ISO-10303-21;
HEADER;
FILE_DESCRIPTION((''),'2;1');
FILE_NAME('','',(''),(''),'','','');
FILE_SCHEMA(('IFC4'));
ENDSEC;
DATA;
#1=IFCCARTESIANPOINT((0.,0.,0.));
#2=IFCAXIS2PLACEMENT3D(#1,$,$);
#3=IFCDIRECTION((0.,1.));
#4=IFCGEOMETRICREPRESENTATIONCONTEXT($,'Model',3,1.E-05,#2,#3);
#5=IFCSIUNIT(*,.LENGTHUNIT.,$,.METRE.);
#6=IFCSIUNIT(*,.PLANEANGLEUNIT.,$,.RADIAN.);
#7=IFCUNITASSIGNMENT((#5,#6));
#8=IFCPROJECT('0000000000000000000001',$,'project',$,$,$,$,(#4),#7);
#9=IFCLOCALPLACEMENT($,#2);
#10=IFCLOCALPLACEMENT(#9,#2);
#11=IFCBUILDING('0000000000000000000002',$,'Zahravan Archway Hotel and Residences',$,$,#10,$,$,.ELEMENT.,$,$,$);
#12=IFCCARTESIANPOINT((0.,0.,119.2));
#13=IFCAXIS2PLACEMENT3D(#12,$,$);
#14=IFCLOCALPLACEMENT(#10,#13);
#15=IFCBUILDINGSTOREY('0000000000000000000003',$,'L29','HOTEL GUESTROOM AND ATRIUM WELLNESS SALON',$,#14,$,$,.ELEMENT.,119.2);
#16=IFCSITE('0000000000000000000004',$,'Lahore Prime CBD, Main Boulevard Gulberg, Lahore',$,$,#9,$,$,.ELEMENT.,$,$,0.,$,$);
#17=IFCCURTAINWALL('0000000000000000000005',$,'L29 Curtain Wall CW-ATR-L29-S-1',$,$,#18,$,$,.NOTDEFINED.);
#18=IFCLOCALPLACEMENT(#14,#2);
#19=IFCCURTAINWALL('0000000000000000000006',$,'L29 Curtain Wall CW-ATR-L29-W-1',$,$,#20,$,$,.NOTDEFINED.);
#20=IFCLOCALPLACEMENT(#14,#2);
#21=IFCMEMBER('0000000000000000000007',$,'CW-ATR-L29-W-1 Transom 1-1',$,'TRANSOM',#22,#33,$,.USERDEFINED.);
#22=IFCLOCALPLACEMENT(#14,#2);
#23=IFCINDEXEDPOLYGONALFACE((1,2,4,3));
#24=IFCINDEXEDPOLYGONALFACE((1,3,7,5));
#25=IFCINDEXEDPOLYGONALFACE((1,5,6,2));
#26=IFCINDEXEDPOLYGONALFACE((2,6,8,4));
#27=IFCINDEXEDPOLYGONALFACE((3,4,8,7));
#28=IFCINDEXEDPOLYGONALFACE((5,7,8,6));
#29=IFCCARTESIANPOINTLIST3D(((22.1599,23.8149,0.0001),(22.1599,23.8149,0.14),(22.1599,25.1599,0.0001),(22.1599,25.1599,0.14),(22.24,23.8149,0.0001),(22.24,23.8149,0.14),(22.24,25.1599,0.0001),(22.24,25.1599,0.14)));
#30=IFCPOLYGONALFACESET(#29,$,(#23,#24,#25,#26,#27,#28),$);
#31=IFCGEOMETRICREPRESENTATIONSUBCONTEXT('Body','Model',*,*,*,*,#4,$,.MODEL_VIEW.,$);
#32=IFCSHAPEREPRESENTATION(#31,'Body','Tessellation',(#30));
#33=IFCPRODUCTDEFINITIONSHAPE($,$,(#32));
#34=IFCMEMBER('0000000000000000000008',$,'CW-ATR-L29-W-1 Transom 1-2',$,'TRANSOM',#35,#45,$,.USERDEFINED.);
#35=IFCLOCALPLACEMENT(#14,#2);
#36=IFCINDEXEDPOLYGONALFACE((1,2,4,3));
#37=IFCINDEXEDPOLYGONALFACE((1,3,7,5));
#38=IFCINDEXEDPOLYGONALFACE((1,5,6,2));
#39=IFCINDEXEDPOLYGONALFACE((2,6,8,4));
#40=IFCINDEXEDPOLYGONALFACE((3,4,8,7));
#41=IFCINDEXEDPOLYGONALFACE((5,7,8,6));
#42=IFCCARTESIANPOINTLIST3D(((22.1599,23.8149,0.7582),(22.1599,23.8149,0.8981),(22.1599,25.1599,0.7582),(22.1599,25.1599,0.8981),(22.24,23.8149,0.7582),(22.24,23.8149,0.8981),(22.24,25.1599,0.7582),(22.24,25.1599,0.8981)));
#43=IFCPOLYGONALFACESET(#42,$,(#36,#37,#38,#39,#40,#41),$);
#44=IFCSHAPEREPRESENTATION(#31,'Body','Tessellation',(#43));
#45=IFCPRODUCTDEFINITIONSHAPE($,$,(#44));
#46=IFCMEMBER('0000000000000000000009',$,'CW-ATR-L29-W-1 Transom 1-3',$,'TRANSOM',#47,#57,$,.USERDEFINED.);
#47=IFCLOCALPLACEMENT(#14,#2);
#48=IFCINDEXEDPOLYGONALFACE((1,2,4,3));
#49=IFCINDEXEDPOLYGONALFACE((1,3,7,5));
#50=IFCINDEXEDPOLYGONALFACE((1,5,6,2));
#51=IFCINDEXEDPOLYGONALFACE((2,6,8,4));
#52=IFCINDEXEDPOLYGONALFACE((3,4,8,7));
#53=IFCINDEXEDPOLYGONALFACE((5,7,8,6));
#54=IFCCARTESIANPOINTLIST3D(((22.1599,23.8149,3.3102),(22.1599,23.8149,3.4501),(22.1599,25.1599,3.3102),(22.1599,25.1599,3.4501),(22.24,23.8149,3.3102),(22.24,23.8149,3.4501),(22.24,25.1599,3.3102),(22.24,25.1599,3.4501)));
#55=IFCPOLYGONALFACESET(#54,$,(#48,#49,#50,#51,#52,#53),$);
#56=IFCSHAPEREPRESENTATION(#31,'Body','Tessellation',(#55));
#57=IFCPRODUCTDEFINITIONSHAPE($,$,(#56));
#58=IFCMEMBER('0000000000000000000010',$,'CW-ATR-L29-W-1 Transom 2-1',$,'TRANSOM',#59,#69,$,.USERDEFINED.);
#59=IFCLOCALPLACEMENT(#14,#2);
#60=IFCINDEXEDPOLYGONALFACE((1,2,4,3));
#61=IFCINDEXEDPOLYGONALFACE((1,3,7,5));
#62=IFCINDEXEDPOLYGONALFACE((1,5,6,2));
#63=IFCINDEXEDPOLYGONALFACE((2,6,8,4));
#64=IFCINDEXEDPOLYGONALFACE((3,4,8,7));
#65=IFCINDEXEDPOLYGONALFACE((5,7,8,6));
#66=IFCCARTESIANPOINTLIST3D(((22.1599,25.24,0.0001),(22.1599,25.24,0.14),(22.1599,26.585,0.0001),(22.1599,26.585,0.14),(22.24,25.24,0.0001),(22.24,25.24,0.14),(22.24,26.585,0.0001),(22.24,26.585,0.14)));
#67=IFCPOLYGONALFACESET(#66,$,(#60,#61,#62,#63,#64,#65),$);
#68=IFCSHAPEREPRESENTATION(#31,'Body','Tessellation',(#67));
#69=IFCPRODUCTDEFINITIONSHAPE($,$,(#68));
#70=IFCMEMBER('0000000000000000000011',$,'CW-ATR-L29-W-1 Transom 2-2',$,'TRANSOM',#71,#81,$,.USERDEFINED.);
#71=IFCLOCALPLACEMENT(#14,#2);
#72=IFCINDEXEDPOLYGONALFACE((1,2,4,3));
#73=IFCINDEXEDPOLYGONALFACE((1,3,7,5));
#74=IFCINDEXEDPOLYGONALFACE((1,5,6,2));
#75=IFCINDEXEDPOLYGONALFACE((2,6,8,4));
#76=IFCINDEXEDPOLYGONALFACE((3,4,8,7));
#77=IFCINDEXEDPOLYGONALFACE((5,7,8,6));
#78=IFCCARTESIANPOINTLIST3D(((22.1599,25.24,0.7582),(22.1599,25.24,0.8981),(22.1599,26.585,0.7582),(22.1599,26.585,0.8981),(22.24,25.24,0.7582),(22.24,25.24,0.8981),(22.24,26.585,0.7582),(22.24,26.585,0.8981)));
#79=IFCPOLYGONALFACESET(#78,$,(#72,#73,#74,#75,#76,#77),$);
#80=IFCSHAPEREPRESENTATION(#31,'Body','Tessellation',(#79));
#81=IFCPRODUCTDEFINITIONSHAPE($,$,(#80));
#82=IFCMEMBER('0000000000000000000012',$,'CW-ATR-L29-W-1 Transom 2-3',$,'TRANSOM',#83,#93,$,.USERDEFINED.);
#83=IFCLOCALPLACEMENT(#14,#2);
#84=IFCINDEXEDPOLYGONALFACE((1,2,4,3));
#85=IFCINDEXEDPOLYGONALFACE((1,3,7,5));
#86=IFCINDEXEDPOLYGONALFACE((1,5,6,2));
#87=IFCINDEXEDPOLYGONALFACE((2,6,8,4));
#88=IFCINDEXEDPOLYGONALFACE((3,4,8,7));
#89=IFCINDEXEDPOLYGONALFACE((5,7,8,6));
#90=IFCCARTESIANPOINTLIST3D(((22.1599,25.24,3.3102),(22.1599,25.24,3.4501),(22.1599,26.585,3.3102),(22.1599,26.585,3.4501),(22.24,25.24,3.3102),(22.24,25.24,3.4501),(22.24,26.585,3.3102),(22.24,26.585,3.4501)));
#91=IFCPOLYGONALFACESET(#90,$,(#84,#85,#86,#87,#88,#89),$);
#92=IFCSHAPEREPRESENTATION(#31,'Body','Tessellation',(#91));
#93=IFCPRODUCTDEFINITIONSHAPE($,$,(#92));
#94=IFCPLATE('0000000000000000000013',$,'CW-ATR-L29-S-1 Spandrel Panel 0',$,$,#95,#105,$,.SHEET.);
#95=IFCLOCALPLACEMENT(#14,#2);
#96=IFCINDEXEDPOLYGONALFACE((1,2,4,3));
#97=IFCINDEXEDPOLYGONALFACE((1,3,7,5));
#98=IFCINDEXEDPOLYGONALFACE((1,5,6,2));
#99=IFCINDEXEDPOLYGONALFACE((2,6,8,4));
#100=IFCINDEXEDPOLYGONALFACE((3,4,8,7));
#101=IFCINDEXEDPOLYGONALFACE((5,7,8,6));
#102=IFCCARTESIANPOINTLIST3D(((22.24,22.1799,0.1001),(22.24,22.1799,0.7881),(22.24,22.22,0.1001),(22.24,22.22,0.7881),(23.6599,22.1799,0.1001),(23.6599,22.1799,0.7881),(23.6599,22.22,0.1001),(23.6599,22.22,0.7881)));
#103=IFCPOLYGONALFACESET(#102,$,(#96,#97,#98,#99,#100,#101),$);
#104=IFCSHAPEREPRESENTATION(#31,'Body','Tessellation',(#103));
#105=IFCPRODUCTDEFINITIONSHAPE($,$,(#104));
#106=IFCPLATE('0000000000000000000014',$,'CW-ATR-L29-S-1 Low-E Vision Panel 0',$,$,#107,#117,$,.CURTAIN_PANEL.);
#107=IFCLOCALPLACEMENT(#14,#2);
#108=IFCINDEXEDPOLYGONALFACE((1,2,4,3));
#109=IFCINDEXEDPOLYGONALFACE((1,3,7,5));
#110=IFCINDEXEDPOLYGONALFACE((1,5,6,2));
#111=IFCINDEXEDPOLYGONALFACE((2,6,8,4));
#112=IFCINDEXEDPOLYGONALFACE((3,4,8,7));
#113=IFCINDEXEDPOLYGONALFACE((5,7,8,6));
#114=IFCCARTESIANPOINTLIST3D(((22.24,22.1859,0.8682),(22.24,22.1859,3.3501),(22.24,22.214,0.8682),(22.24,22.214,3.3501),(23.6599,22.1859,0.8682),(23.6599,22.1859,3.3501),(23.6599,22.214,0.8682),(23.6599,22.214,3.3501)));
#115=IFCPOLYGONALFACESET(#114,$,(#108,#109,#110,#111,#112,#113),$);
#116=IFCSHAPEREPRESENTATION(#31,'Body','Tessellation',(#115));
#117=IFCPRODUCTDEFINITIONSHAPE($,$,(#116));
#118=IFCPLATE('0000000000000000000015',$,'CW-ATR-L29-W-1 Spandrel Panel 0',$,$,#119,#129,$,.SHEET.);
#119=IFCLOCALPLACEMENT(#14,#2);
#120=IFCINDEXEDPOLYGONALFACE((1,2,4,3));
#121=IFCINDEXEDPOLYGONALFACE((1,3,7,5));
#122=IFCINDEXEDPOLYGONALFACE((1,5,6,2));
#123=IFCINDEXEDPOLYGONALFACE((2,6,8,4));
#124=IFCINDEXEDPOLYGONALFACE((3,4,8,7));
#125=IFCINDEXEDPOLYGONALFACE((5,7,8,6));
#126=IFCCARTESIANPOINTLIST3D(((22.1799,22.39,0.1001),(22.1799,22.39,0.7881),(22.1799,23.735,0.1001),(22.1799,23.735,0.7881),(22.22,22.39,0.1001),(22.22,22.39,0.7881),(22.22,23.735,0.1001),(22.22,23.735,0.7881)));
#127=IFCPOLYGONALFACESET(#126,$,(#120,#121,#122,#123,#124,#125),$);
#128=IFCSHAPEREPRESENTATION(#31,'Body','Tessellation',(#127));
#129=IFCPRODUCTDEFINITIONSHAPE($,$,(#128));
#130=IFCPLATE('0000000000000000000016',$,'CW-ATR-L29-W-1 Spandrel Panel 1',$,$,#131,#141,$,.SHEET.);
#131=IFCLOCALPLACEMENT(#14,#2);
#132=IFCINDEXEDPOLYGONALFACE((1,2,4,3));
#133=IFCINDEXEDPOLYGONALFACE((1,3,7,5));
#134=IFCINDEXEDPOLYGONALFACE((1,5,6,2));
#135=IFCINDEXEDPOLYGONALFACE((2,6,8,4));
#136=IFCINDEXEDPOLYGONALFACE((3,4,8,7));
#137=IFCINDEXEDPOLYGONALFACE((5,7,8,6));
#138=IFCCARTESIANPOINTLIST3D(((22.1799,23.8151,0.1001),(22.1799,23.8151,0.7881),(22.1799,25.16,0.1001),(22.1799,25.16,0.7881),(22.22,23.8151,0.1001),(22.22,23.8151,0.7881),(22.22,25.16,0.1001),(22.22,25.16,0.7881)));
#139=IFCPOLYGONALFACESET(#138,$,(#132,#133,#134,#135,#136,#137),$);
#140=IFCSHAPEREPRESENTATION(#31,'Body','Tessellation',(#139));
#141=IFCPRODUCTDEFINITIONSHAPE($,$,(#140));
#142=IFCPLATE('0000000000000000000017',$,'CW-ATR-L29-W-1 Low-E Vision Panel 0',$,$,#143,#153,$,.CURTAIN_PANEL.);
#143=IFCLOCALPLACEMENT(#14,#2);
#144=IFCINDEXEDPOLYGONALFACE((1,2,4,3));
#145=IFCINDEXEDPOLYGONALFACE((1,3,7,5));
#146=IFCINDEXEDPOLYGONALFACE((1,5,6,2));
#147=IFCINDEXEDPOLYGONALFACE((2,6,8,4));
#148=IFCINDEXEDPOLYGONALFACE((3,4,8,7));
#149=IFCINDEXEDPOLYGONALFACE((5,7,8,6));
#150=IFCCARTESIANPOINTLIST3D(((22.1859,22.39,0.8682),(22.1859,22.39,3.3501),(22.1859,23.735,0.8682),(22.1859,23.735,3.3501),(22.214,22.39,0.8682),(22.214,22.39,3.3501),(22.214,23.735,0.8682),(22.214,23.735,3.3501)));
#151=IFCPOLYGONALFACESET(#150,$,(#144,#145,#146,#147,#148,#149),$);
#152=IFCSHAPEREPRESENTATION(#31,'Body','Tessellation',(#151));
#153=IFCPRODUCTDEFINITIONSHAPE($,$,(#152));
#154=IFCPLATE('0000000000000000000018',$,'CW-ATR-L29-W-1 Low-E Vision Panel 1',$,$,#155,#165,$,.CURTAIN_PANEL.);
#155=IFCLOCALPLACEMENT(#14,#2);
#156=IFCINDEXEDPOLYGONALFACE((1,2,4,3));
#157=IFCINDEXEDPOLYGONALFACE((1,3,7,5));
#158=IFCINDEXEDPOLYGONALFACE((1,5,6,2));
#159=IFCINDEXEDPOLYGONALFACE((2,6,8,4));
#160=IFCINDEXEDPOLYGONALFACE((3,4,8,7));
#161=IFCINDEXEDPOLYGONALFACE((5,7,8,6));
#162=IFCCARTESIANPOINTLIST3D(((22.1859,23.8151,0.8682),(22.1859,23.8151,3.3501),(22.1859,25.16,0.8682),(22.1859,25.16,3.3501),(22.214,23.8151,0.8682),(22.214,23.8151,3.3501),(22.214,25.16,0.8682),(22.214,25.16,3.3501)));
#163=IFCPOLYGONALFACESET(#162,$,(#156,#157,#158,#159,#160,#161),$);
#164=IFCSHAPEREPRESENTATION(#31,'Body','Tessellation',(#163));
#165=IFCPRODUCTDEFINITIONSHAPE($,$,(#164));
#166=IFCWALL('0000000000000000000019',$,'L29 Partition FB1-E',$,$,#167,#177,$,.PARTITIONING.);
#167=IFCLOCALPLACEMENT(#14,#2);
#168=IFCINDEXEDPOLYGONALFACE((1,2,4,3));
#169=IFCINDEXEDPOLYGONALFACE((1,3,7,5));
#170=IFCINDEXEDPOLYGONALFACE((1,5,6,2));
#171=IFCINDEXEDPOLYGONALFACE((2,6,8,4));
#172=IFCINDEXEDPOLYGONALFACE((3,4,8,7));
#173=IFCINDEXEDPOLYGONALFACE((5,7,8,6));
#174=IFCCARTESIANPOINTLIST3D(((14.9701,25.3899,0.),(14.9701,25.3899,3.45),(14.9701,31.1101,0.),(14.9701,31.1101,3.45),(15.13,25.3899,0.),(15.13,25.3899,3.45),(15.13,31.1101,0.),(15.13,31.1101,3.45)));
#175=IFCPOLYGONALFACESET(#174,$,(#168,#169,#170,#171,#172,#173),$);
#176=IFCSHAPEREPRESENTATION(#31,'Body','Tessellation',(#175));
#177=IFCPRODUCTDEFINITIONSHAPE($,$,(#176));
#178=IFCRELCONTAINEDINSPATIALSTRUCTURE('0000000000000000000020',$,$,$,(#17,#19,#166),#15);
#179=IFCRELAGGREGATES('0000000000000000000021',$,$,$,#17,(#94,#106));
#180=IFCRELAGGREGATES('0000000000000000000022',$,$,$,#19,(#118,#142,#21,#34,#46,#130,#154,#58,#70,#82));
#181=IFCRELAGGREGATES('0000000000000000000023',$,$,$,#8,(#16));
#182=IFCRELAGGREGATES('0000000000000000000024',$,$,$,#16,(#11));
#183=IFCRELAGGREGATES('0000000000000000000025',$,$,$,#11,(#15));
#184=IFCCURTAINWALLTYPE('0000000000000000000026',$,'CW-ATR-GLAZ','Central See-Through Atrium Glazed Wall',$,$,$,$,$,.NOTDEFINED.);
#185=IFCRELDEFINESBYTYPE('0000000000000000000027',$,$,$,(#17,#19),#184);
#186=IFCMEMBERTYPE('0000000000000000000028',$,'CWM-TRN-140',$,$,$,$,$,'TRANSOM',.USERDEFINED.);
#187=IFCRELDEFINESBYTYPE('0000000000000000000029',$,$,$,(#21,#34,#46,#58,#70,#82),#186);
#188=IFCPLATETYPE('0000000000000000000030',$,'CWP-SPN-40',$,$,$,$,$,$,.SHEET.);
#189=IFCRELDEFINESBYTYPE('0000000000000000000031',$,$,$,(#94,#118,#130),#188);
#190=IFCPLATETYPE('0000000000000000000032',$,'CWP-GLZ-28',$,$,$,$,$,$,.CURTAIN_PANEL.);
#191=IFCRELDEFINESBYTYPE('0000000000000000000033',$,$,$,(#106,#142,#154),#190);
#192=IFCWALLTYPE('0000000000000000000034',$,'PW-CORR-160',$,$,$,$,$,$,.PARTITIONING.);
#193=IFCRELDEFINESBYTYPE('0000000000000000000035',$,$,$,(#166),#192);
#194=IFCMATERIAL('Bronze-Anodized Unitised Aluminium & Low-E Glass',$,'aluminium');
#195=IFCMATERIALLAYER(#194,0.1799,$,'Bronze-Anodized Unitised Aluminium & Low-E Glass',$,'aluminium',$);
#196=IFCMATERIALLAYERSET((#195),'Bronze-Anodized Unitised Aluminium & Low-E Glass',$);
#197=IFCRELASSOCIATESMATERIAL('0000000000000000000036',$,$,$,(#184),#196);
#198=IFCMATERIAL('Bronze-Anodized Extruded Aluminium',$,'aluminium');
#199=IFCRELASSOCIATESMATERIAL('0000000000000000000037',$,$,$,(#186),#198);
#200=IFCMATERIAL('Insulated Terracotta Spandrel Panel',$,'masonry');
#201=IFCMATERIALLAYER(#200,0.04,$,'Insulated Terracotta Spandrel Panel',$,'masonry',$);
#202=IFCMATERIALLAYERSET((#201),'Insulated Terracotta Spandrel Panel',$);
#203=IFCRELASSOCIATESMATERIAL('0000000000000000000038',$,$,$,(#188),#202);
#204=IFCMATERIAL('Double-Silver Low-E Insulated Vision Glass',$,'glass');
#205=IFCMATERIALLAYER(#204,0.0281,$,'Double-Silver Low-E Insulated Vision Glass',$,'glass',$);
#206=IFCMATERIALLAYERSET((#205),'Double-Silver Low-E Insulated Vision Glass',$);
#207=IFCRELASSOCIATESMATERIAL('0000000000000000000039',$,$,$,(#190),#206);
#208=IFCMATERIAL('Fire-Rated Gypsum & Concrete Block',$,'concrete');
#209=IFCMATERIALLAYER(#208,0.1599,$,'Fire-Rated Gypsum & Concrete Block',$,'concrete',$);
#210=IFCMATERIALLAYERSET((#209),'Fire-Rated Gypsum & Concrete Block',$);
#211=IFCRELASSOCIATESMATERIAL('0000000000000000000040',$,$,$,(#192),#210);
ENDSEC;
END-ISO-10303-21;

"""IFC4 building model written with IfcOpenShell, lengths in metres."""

from ifc_helpers import new_model, si_unit, direction, frame, frame_2d, origin, origin_2d, place, context, subcontext, project, spatial, rectangle, extrude, source, transform, mapped, material, layer, layer_set, material_profile, profile_set, type_object, element, aggregate, save


model = new_model("IFC4")

# Units and contexts
model_context = context("Model", 3, precision=1e-05, world=origin(), true_north=direction((0.0, 1.0)))
body_context = subcontext(model_context, "Body", "Model", "MODEL_VIEW")
ifc_project = project(units=[si_unit("LENGTHUNIT", "METRE"), si_unit("PLANEANGLEUNIT", "RADIAN")], contexts=[model_context])

# Site, building, storey
site_placement = place(None, origin())
site = spatial("IfcSite", under=ifc_project, at=site_placement, Name="Lahore Prime CBD, Main Boulevard Gulberg, Lahore", CompositionType="ELEMENT", RefElevation=0.0)
building_placement = place(site_placement, origin())
building = spatial("IfcBuilding", under=site, at=building_placement, Name="Zahravan Archway Hotel and Residences", CompositionType="ELEMENT")
storey_placement = place(building_placement, frame((0.0, 0.0, 119.2)))
storey = spatial("IfcBuildingStorey", under=building, at=storey_placement, Name="L29", Description="HOTEL GUESTROOM AND ATRIUM WELLNESS SALON", CompositionType="ELEMENT", Elevation=119.2)

# Curtain walls
ifc_material_1 = material(Name="Bronze-Anodized Unitised Aluminium & Low-E Glass", Category="aluminium")
ifc_layer_1 = layer(ifc_material_1, 0.1799, Name="Bronze-Anodized Unitised Aluminium & Low-E Glass", Category="aluminium")
ifc_layer_set_1 = layer_set([ifc_layer_1], Name="Bronze-Anodized Unitised Aluminium & Low-E Glass")
curtain_wall_type = type_object("IfcCurtainWallType", Name="CW-ATR-GLAZ", Description="Central See-Through Atrium Glazed Wall", PredefinedType="NOTDEFINED", material=ifc_layer_set_1)
curtain_wall_1_placement = place(storey_placement, origin())
curtain_wall_1 = element("IfcCurtainWall", 1, at=curtain_wall_1_placement, inside=storey, type_object=curtain_wall_type, Name="L29 Curtain Wall CW-ATR-L29-S-1", PredefinedType="NOTDEFINED")
ifc_material_2 = material(Name="Bronze-Anodized Extruded Aluminium", Category="aluminium")
curtain_wall_2_placement = place(storey_placement, origin())
curtain_wall_2 = element("IfcCurtainWall", 2, at=curtain_wall_2_placement, inside=storey, type_object=curtain_wall_type, Name="L29 Curtain Wall CW-ATR-L29-W-1", PredefinedType="NOTDEFINED")

# Members
ifc_material_profile_1 = material_profile(ifc_material_2, rectangle(XDim=0.0801, YDim=0.1399, at=origin_2d()), Name="TRN 80x140", Category="aluminium")
ifc_profile_set_1 = profile_set([ifc_material_profile_1], Name="Bronze-Anodized Extruded Aluminium")
member_type_1 = type_object("IfcMemberType", Name="CWM-TRN-140", ElementType="TRANSOM", PredefinedType="USERDEFINED", material=ifc_profile_set_1)
shared_shape_1 = source(origin(), body_context, "Body", "SweptSolid", [
    extrude(rectangle(XDim=0.0801, YDim=0.1399, at=origin_2d()), origin(), (0.0, 0.0, 1.0), 1.345),
])
member_1_placement = place(storey_placement, frame((22.2, 23.8149, 0.0701), z_axis=(0.0, 1.0, 0.0), x_axis=(-1.0, 0.0, 0.0)))
member_1 = element("IfcMember", 3, at=member_1_placement, type_object=member_type_1, Name="CW-ATR-L29-W-1 Transom 1-1", ObjectType="TRANSOM", PredefinedType="USERDEFINED", context=body_context, shape_type="MappedRepresentation", body=[
    mapped(shared_shape_1, transform((0.0, 0.0, 0.0), scale=1.0)),
])
member_2_placement = place(storey_placement, frame((22.2, 23.8149, 0.8281), z_axis=(0.0, 1.0, 0.0), x_axis=(-1.0, 0.0, 0.0)))
member_2 = element("IfcMember", 4, at=member_2_placement, type_object=member_type_1, Name="CW-ATR-L29-W-1 Transom 1-2", ObjectType="TRANSOM", PredefinedType="USERDEFINED", context=body_context, shape_type="MappedRepresentation", body=[
    mapped(shared_shape_1, transform((0.0, 0.0, 0.0), scale=1.0)),
])
member_3_placement = place(storey_placement, frame((22.2, 23.8149, 3.3801), z_axis=(0.0, 1.0, 0.0), x_axis=(-1.0, 0.0, 0.0)))
member_3 = element("IfcMember", 5, at=member_3_placement, type_object=member_type_1, Name="CW-ATR-L29-W-1 Transom 1-3", ObjectType="TRANSOM", PredefinedType="USERDEFINED", context=body_context, shape_type="MappedRepresentation", body=[
    mapped(shared_shape_1, transform((0.0, 0.0, 0.0), scale=1.0)),
])
member_4_placement = place(storey_placement, frame((22.2, 25.24, 0.0701), z_axis=(0.0, 1.0, 0.0), x_axis=(-1.0, 0.0, 0.0)))
member_4 = element("IfcMember", 6, at=member_4_placement, type_object=member_type_1, Name="CW-ATR-L29-W-1 Transom 2-1", ObjectType="TRANSOM", PredefinedType="USERDEFINED", context=body_context, shape_type="MappedRepresentation", body=[
    mapped(shared_shape_1, transform((0.0, 0.0, 0.0), scale=1.0)),
])
member_5_placement = place(storey_placement, frame((22.2, 25.24, 0.8281), z_axis=(0.0, 1.0, 0.0), x_axis=(-1.0, 0.0, 0.0)))
member_5 = element("IfcMember", 7, at=member_5_placement, type_object=member_type_1, Name="CW-ATR-L29-W-1 Transom 2-2", ObjectType="TRANSOM", PredefinedType="USERDEFINED", context=body_context, shape_type="MappedRepresentation", body=[
    mapped(shared_shape_1, transform((0.0, 0.0, 0.0), scale=1.0)),
])
member_6_placement = place(storey_placement, frame((22.2, 25.24, 3.3801), z_axis=(0.0, 1.0, 0.0), x_axis=(-1.0, 0.0, 0.0)))
member_6 = element("IfcMember", 8, at=member_6_placement, type_object=member_type_1, Name="CW-ATR-L29-W-1 Transom 2-3", ObjectType="TRANSOM", PredefinedType="USERDEFINED", context=body_context, shape_type="MappedRepresentation", body=[
    mapped(shared_shape_1, transform((0.0, 0.0, 0.0), scale=1.0)),
])

# Plates
ifc_material_3 = material(Name="Insulated Terracotta Spandrel Panel", Category="masonry")
ifc_layer_2 = layer(ifc_material_3, 0.04, Name="Insulated Terracotta Spandrel Panel", Category="masonry")
ifc_layer_set_2 = layer_set([ifc_layer_2], Name="Insulated Terracotta Spandrel Panel")
plate_type_1 = type_object("IfcPlateType", Name="CWP-SPN-40", PredefinedType="SHEET", material=ifc_layer_set_2)
shared_shape_2 = source(origin(), body_context, "Body", "SweptSolid", [
    extrude(rectangle(XDim=1.4199, YDim=0.04, at=origin_2d()), origin(), (0.0, 0.0, 1.0), 0.688),
])
plate_1_placement = place(storey_placement, frame((22.95, 22.2, 0.1001), z_axis=(0.0, 0.0, 1.0), x_axis=(1.0, 0.0, 0.0)))
plate_1 = element("IfcPlate", 9, at=plate_1_placement, type_object=plate_type_1, Name="CW-ATR-L29-S-1 Spandrel Panel 0", PredefinedType="SHEET", context=body_context, shape_type="MappedRepresentation", body=[
    mapped(shared_shape_2, transform((0.0, 0.0, 0.0), scale=1.0)),
])
ifc_material_4 = material(Name="Double-Silver Low-E Insulated Vision Glass", Category="glass")
ifc_layer_3 = layer(ifc_material_4, 0.0281, Name="Double-Silver Low-E Insulated Vision Glass", Category="glass")
ifc_layer_set_3 = layer_set([ifc_layer_3], Name="Double-Silver Low-E Insulated Vision Glass")
plate_type_2 = type_object("IfcPlateType", Name="CWP-GLZ-28", PredefinedType="CURTAIN_PANEL", material=ifc_layer_set_3)
shared_shape_3 = source(origin(), body_context, "Body", "SweptSolid", [
    extrude(rectangle(XDim=1.4199, YDim=0.0281, at=origin_2d()), origin(), (0.0, 0.0, 1.0), 2.4819),
])
plate_2_placement = place(storey_placement, frame((22.95, 22.2, 0.8682), z_axis=(0.0, 0.0, 1.0), x_axis=(1.0, 0.0, 0.0)))
plate_2 = element("IfcPlate", 10, at=plate_2_placement, type_object=plate_type_2, Name="CW-ATR-L29-S-1 Low-E Vision Panel 0", PredefinedType="CURTAIN_PANEL", context=body_context, shape_type="MappedRepresentation", body=[
    mapped(shared_shape_3, transform((0.0, 0.0, 0.0), scale=1.0)),
])
aggregate(curtain_wall_1, [plate_1, plate_2])
shared_shape_4 = source(origin(), body_context, "Body", "SweptSolid", [
    extrude(rectangle(XDim=1.345, YDim=0.04, at=origin_2d()), origin(), (0.0, 0.0, 1.0), 0.688),
])
plate_3_placement = place(storey_placement, frame((22.2, 23.0625, 0.1001), z_axis=(0.0, 0.0, 1.0), x_axis=(0.0, 1.0, 0.0)))
plate_3 = element("IfcPlate", 11, at=plate_3_placement, type_object=plate_type_1, Name="CW-ATR-L29-W-1 Spandrel Panel 0", PredefinedType="SHEET", context=body_context, shape_type="MappedRepresentation", body=[
    mapped(shared_shape_4, transform((0.0, 0.0, 0.0), scale=1.0)),
])
plate_4_placement = place(storey_placement, frame((22.2, 24.4875, 0.1001), z_axis=(0.0, 0.0, 1.0), x_axis=(0.0, 1.0, 0.0)))
plate_4 = element("IfcPlate", 12, at=plate_4_placement, type_object=plate_type_1, Name="CW-ATR-L29-W-1 Spandrel Panel 1", PredefinedType="SHEET", context=body_context, shape_type="MappedRepresentation", body=[
    mapped(shared_shape_4, transform((0.0, 0.0, 0.0), scale=1.0)),
])
shared_shape_5 = source(origin(), body_context, "Body", "SweptSolid", [
    extrude(rectangle(XDim=1.345, YDim=0.0281, at=origin_2d()), origin(), (0.0, 0.0, 1.0), 2.4819),
])
plate_5_placement = place(storey_placement, frame((22.2, 23.0625, 0.8682), z_axis=(0.0, 0.0, 1.0), x_axis=(0.0, 1.0, 0.0)))
plate_5 = element("IfcPlate", 13, at=plate_5_placement, type_object=plate_type_2, Name="CW-ATR-L29-W-1 Low-E Vision Panel 0", PredefinedType="CURTAIN_PANEL", context=body_context, shape_type="MappedRepresentation", body=[
    mapped(shared_shape_5, transform((0.0, 0.0, 0.0), scale=1.0)),
])
plate_6_placement = place(storey_placement, frame((22.2, 24.4875, 0.8682), z_axis=(0.0, 0.0, 1.0), x_axis=(0.0, 1.0, 0.0)))
plate_6 = element("IfcPlate", 14, at=plate_6_placement, type_object=plate_type_2, Name="CW-ATR-L29-W-1 Low-E Vision Panel 1", PredefinedType="CURTAIN_PANEL", context=body_context, shape_type="MappedRepresentation", body=[
    mapped(shared_shape_5, transform((0.0, 0.0, 0.0), scale=1.0)),
])
aggregate(curtain_wall_2, [plate_3, plate_5, member_1, member_2, member_3, plate_4, plate_6, member_4, member_5, member_6])

# Wall
ifc_material_5 = material(Name="Fire-Rated Gypsum & Concrete Block", Category="concrete")
ifc_layer_4 = layer(ifc_material_5, 0.1599, Name="Fire-Rated Gypsum & Concrete Block", Category="concrete")
ifc_layer_set_4 = layer_set([ifc_layer_4], Name="Fire-Rated Gypsum & Concrete Block")
wall_type_1 = type_object("IfcWallType", Name="PW-CORR-160", PredefinedType="PARTITIONING", material=ifc_layer_set_4)
wall_1_placement = place(storey_placement, frame((15.05, 25.3899, 0.0), z_axis=(0.0, 0.0, 1.0), x_axis=(0.0, 1.0, 0.0)))
element("IfcWall", 15, at=wall_1_placement, inside=storey, type_object=wall_type_1, Name="L29 Partition FB1-E", PredefinedType="PARTITIONING", context=body_context, shape_type="SweptSolid", body=[
    extrude(rectangle(XDim=5.7202, YDim=0.1599, at=frame_2d((2.8601, 0.0))), origin(), (0.0, 0.0, 1.0), 3.45),
])

save(model, "model.ifc")
